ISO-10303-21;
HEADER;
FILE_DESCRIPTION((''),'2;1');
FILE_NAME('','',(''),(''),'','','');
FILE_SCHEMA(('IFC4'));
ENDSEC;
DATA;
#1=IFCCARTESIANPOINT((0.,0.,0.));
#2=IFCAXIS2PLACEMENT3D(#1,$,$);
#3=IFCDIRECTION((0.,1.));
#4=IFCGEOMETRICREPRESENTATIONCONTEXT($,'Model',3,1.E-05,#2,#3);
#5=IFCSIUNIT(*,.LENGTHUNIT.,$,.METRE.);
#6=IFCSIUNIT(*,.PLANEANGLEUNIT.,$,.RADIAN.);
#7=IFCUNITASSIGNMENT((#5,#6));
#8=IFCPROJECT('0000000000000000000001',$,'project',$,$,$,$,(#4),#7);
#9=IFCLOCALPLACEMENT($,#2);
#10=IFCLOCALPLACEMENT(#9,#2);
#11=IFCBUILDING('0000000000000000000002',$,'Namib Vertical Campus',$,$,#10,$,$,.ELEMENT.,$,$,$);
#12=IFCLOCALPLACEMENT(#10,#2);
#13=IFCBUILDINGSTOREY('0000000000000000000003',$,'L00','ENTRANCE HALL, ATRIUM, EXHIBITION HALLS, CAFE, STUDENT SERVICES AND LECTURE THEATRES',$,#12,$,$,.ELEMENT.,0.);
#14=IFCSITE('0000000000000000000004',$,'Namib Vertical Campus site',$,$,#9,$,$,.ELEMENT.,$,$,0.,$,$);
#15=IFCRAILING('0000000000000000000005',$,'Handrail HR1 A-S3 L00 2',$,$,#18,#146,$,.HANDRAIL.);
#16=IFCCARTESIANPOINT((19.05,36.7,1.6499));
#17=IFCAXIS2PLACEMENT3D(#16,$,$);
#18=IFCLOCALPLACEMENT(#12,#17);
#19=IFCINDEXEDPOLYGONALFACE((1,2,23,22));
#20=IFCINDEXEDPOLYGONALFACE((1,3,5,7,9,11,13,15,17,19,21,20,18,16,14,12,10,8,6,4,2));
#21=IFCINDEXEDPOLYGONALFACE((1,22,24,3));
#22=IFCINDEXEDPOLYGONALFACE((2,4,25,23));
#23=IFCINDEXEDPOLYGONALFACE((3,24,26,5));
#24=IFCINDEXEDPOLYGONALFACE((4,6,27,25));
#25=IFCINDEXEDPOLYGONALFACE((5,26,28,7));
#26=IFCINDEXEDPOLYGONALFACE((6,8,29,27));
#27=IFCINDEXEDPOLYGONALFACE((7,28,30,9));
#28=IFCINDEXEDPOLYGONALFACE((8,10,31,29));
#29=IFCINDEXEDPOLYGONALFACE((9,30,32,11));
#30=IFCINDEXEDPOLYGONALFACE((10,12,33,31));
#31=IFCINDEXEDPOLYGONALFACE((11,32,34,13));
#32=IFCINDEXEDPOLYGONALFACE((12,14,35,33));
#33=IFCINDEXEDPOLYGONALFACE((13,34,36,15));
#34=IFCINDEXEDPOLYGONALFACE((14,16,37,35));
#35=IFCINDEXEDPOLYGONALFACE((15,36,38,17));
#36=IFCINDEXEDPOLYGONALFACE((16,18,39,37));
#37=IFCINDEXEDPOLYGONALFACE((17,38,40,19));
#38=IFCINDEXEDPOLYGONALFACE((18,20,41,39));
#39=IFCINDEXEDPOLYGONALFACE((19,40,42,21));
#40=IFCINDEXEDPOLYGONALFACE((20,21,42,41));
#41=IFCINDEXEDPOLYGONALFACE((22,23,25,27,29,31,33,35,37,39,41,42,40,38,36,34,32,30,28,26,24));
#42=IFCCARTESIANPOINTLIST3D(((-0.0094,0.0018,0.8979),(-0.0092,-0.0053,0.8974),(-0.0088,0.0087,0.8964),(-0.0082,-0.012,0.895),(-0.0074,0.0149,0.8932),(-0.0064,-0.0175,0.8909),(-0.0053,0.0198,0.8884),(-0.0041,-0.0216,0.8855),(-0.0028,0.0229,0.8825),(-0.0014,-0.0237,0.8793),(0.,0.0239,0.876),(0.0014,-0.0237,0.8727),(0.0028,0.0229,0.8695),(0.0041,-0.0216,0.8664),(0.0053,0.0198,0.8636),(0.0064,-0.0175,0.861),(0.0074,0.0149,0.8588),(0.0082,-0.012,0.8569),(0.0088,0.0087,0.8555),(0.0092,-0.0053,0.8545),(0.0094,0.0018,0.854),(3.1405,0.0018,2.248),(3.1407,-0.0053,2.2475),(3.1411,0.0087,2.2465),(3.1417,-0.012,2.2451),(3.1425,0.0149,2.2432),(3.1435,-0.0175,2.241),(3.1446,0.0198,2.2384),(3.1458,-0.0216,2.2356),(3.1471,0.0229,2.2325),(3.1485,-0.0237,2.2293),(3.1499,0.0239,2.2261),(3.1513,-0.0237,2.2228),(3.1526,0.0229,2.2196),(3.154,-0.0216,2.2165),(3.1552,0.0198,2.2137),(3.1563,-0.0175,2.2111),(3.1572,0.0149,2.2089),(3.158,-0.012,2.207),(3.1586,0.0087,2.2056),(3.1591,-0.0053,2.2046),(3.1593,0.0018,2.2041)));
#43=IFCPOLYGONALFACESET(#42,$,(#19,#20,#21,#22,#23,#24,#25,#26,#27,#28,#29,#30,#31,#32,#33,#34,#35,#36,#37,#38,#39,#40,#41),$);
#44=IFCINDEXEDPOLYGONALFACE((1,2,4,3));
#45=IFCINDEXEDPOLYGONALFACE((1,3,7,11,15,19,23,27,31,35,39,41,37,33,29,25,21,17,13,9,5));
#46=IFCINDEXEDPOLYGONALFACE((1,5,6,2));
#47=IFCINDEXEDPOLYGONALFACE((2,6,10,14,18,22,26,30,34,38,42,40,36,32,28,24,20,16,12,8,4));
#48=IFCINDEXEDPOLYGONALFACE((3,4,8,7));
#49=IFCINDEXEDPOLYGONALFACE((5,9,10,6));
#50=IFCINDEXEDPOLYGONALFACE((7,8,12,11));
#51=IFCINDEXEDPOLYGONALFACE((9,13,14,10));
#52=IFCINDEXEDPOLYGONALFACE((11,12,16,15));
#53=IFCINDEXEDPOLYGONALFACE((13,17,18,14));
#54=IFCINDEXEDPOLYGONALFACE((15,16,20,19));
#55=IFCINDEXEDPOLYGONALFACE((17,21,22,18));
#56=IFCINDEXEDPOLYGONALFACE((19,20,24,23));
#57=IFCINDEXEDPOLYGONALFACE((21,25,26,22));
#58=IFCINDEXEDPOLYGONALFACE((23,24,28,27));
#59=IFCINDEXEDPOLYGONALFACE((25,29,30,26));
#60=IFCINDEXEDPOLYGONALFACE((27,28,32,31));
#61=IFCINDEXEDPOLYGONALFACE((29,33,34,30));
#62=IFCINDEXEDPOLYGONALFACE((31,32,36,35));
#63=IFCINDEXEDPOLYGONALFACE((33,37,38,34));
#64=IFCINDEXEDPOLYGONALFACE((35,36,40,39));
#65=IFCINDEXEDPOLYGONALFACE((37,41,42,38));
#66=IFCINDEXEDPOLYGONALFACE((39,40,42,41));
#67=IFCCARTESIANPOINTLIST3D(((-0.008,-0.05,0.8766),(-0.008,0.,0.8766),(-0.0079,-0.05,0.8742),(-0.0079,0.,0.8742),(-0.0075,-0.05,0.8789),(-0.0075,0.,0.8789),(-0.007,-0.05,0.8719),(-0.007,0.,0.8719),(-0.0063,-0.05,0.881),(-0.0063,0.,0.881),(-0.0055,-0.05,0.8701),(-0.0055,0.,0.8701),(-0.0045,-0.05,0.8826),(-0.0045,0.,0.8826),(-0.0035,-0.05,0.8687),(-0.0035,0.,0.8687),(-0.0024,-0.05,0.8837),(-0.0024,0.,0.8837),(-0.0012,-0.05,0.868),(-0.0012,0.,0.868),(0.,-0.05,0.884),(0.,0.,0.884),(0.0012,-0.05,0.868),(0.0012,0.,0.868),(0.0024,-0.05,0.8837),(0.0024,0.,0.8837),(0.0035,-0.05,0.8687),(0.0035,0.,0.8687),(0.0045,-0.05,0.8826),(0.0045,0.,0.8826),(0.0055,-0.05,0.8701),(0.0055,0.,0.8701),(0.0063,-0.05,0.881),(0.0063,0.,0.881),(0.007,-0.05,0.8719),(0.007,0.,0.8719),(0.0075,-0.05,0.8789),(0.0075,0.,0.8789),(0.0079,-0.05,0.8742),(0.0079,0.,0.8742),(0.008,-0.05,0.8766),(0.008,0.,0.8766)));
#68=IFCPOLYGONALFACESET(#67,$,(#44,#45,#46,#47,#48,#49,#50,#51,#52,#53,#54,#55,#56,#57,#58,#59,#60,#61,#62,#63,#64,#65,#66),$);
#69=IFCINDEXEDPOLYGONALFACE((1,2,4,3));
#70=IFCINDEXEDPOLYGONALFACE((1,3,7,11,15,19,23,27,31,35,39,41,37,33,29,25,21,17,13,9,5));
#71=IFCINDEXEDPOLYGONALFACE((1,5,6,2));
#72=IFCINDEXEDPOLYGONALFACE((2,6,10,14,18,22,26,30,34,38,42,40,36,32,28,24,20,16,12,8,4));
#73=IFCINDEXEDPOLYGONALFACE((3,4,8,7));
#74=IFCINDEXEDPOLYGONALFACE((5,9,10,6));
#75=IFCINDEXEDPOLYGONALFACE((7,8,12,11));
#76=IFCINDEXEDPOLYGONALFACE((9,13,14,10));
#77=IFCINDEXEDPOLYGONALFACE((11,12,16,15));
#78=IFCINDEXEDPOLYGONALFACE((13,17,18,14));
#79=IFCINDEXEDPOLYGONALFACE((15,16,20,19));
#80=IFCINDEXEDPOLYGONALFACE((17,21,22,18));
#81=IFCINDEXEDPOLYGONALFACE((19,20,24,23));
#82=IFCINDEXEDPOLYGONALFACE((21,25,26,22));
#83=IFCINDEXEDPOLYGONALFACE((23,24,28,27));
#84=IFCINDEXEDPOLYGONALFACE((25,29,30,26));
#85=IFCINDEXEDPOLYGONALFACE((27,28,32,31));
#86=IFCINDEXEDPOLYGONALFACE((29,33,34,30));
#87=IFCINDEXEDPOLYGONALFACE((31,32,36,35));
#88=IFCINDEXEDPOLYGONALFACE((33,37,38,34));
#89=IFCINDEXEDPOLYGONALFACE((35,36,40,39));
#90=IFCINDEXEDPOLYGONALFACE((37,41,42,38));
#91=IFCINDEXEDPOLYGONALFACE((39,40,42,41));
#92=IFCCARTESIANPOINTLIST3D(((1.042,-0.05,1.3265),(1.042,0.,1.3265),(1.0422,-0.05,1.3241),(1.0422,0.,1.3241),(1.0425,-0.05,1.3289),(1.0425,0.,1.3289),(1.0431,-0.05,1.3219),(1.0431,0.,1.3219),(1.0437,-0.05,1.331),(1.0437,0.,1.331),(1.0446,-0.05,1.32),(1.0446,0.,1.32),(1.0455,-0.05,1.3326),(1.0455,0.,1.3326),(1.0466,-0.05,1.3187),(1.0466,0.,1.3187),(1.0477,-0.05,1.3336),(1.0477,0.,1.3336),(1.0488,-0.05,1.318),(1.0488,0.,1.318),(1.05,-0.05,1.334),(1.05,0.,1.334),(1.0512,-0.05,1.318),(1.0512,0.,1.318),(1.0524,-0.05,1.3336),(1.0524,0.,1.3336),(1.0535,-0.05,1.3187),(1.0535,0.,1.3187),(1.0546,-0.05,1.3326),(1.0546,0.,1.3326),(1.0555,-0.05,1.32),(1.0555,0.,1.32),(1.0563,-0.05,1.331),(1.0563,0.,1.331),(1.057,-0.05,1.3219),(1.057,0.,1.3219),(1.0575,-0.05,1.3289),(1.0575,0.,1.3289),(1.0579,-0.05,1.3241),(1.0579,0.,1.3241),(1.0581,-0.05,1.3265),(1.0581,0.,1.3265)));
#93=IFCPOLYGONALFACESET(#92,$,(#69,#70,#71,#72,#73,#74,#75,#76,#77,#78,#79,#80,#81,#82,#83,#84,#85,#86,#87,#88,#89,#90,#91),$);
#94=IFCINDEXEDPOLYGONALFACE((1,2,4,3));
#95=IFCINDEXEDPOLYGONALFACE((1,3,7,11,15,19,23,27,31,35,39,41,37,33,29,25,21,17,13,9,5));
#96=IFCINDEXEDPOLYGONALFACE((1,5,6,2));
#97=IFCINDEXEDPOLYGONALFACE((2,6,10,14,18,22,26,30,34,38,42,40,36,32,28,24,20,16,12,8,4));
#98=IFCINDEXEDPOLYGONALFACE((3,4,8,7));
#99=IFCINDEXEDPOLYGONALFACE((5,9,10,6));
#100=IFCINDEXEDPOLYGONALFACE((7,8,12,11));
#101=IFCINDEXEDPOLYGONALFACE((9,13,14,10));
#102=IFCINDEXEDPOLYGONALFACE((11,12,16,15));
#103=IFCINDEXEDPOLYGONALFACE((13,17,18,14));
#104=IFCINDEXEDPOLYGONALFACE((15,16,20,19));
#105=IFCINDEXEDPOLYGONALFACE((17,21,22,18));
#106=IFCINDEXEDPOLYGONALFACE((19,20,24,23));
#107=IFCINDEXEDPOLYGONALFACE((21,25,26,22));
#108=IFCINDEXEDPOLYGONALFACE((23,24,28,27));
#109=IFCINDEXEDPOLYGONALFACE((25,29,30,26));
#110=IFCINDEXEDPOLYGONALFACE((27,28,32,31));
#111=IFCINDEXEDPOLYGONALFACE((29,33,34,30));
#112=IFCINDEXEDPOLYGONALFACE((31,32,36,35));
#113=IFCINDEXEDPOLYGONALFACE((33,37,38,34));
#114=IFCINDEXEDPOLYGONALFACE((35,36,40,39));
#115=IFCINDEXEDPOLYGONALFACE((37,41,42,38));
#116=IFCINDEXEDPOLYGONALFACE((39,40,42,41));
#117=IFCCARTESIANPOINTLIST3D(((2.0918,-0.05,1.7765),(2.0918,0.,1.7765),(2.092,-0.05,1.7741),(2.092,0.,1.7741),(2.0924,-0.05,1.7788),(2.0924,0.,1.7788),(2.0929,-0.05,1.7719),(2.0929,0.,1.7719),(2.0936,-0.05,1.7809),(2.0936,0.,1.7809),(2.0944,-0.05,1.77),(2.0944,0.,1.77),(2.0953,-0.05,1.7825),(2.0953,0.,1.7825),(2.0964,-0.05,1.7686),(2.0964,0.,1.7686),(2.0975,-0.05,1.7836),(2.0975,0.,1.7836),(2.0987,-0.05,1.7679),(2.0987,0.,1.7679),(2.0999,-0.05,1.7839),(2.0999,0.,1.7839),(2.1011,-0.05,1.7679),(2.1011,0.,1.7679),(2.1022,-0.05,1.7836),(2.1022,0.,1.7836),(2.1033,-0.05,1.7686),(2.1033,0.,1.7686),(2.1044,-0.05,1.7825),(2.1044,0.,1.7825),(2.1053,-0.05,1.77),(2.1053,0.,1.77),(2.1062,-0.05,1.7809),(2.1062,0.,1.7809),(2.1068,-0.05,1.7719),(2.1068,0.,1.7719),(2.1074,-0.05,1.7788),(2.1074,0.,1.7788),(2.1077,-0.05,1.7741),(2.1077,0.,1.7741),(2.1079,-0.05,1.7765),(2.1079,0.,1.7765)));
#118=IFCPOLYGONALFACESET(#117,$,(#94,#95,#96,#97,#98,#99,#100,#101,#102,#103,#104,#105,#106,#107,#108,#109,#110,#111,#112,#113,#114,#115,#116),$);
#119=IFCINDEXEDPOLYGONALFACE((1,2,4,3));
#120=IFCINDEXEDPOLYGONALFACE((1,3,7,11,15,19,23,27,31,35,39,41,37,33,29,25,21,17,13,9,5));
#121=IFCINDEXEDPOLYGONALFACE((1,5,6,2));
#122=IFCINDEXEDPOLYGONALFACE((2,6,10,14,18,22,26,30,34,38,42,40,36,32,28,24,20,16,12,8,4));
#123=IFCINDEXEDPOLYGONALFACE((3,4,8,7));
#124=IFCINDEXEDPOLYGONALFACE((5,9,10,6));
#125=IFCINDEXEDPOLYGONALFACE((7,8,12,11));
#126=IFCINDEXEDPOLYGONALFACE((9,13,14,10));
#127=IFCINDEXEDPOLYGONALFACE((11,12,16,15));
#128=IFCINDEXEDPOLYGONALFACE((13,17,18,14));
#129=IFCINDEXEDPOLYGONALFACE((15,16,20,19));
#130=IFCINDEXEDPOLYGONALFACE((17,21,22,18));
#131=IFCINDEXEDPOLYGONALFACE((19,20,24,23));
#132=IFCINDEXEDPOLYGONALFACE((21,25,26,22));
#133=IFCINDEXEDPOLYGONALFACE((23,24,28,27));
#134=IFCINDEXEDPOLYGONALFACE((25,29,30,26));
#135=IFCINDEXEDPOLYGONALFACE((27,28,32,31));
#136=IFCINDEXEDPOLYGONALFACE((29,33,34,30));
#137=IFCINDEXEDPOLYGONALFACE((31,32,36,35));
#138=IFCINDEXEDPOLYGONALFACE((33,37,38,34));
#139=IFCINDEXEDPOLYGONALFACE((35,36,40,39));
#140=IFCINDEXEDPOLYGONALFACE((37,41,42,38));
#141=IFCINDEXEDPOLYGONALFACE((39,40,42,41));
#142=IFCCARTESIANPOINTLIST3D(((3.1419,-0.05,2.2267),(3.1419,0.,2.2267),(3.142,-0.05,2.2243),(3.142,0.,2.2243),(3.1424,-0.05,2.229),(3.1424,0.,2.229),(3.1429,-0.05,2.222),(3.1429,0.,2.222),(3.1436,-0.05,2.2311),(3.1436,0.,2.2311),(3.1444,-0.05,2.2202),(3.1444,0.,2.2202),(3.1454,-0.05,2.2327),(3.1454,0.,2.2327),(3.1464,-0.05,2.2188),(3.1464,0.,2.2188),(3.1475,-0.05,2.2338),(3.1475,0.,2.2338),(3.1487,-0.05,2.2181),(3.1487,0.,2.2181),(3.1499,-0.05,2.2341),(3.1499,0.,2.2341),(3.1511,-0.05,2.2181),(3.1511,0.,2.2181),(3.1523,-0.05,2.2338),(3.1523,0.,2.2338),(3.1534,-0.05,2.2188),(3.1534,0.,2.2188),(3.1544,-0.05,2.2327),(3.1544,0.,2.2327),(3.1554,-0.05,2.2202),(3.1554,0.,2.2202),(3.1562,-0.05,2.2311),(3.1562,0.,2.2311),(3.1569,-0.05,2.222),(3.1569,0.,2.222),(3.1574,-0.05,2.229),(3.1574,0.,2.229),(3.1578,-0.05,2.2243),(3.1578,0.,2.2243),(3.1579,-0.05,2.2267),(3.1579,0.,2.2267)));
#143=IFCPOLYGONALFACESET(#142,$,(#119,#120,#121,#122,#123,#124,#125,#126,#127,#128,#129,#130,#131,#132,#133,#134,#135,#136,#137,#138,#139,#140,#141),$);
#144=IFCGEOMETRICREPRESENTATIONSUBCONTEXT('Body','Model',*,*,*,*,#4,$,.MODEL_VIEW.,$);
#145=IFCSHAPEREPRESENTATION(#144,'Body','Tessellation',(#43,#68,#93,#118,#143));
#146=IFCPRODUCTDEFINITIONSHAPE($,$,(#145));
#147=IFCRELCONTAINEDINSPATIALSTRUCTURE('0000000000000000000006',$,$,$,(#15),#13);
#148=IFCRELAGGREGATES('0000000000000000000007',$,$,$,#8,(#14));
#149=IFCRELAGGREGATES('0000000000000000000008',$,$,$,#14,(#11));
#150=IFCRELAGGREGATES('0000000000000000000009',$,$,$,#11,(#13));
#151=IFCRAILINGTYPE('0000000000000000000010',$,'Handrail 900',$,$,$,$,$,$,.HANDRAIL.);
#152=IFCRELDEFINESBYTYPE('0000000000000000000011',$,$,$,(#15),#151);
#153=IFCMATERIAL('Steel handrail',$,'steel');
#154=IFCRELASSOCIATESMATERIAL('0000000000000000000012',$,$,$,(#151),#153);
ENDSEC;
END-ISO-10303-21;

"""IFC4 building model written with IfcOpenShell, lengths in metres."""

from ifc_helpers import new_model, si_unit, direction, frame, origin, origin_2d, place, context, subcontext, project, spatial, circle, extrude, material, type_object, element, save


model = new_model("IFC4")

# Units and contexts
model_context = context("Model", 3, precision=1e-05, world=origin(), true_north=direction((0.0, 1.0)))
body_context = subcontext(model_context, "Body", "Model", "MODEL_VIEW")
ifc_project = project(units=[si_unit("LENGTHUNIT", "METRE"), si_unit("PLANEANGLEUNIT", "RADIAN")], contexts=[model_context])

# Site, building, storey
site_placement = place(None, origin())
site = spatial("IfcSite", under=ifc_project, at=site_placement, Name="Namib Vertical Campus site", CompositionType="ELEMENT", RefElevation=0.0)
building_placement = place(site_placement, origin())
building = spatial("IfcBuilding", under=site, at=building_placement, Name="Namib Vertical Campus", CompositionType="ELEMENT")
storey_placement = place(building_placement, origin())
storey = spatial("IfcBuildingStorey", under=building, at=storey_placement, Name="L00", Description="ENTRANCE HALL, ATRIUM, EXHIBITION HALLS, CAFE, STUDENT SERVICES AND LECTURE THEATRES", CompositionType="ELEMENT", Elevation=0.0)

# Railing
ifc_material_1 = material(Name="Steel handrail", Category="steel")
railing_type = type_object("IfcRailingType", Name="Handrail 900", PredefinedType="HANDRAIL", material=ifc_material_1)
for number, where, name in (
    (1, (19.05, 36.7, 1.6499), "Handrail HR1 A-S3 L00 2"),
):
    element("IfcRailing", number, at=place(storey_placement, frame(where)), inside=storey, type_object=railing_type, Name=name, PredefinedType="HANDRAIL", context=body_context, shape_type="SweptSolid", body=[
        extrude(circle(Radius=0.0239, at=origin_2d()), frame((0.0, 0.0, 0.876), z_axis=(0.91913, 0.0, 0.393954), x_axis=(0.0, 1.0, 0.0)), (0.0, 0.0, 1.0), 3.427),
        extrude(circle(Radius=0.0081, at=origin_2d()), frame((0.0, 0.0, 0.876), z_axis=(0.0, -1.0, 0.0), x_axis=(0.0, 0.0, 1.0)), (0.0, 0.0, 1.0), 0.05),
        extrude(circle(Radius=0.0081, at=origin_2d()), frame((1.05, 0.0, 1.3259), z_axis=(0.0, -1.0, 0.0), x_axis=(0.0, 0.0, 1.0)), (0.0, 0.0, 1.0), 0.05),
        extrude(circle(Radius=0.0081, at=origin_2d()), frame((2.0999, 0.0, 1.7759), z_axis=(0.0, -1.0, 0.0), x_axis=(0.0, 0.0, 1.0)), (0.0, 0.0, 1.0), 0.05),
        extrude(circle(Radius=0.0081, at=origin_2d()), frame((3.1499, 0.0, 2.2261), z_axis=(0.0, -1.0, 0.0), x_axis=(0.0, 0.0, 1.0)), (0.0, 0.0, 1.0), 0.05),
    ])

save(model, "model.ifc")
